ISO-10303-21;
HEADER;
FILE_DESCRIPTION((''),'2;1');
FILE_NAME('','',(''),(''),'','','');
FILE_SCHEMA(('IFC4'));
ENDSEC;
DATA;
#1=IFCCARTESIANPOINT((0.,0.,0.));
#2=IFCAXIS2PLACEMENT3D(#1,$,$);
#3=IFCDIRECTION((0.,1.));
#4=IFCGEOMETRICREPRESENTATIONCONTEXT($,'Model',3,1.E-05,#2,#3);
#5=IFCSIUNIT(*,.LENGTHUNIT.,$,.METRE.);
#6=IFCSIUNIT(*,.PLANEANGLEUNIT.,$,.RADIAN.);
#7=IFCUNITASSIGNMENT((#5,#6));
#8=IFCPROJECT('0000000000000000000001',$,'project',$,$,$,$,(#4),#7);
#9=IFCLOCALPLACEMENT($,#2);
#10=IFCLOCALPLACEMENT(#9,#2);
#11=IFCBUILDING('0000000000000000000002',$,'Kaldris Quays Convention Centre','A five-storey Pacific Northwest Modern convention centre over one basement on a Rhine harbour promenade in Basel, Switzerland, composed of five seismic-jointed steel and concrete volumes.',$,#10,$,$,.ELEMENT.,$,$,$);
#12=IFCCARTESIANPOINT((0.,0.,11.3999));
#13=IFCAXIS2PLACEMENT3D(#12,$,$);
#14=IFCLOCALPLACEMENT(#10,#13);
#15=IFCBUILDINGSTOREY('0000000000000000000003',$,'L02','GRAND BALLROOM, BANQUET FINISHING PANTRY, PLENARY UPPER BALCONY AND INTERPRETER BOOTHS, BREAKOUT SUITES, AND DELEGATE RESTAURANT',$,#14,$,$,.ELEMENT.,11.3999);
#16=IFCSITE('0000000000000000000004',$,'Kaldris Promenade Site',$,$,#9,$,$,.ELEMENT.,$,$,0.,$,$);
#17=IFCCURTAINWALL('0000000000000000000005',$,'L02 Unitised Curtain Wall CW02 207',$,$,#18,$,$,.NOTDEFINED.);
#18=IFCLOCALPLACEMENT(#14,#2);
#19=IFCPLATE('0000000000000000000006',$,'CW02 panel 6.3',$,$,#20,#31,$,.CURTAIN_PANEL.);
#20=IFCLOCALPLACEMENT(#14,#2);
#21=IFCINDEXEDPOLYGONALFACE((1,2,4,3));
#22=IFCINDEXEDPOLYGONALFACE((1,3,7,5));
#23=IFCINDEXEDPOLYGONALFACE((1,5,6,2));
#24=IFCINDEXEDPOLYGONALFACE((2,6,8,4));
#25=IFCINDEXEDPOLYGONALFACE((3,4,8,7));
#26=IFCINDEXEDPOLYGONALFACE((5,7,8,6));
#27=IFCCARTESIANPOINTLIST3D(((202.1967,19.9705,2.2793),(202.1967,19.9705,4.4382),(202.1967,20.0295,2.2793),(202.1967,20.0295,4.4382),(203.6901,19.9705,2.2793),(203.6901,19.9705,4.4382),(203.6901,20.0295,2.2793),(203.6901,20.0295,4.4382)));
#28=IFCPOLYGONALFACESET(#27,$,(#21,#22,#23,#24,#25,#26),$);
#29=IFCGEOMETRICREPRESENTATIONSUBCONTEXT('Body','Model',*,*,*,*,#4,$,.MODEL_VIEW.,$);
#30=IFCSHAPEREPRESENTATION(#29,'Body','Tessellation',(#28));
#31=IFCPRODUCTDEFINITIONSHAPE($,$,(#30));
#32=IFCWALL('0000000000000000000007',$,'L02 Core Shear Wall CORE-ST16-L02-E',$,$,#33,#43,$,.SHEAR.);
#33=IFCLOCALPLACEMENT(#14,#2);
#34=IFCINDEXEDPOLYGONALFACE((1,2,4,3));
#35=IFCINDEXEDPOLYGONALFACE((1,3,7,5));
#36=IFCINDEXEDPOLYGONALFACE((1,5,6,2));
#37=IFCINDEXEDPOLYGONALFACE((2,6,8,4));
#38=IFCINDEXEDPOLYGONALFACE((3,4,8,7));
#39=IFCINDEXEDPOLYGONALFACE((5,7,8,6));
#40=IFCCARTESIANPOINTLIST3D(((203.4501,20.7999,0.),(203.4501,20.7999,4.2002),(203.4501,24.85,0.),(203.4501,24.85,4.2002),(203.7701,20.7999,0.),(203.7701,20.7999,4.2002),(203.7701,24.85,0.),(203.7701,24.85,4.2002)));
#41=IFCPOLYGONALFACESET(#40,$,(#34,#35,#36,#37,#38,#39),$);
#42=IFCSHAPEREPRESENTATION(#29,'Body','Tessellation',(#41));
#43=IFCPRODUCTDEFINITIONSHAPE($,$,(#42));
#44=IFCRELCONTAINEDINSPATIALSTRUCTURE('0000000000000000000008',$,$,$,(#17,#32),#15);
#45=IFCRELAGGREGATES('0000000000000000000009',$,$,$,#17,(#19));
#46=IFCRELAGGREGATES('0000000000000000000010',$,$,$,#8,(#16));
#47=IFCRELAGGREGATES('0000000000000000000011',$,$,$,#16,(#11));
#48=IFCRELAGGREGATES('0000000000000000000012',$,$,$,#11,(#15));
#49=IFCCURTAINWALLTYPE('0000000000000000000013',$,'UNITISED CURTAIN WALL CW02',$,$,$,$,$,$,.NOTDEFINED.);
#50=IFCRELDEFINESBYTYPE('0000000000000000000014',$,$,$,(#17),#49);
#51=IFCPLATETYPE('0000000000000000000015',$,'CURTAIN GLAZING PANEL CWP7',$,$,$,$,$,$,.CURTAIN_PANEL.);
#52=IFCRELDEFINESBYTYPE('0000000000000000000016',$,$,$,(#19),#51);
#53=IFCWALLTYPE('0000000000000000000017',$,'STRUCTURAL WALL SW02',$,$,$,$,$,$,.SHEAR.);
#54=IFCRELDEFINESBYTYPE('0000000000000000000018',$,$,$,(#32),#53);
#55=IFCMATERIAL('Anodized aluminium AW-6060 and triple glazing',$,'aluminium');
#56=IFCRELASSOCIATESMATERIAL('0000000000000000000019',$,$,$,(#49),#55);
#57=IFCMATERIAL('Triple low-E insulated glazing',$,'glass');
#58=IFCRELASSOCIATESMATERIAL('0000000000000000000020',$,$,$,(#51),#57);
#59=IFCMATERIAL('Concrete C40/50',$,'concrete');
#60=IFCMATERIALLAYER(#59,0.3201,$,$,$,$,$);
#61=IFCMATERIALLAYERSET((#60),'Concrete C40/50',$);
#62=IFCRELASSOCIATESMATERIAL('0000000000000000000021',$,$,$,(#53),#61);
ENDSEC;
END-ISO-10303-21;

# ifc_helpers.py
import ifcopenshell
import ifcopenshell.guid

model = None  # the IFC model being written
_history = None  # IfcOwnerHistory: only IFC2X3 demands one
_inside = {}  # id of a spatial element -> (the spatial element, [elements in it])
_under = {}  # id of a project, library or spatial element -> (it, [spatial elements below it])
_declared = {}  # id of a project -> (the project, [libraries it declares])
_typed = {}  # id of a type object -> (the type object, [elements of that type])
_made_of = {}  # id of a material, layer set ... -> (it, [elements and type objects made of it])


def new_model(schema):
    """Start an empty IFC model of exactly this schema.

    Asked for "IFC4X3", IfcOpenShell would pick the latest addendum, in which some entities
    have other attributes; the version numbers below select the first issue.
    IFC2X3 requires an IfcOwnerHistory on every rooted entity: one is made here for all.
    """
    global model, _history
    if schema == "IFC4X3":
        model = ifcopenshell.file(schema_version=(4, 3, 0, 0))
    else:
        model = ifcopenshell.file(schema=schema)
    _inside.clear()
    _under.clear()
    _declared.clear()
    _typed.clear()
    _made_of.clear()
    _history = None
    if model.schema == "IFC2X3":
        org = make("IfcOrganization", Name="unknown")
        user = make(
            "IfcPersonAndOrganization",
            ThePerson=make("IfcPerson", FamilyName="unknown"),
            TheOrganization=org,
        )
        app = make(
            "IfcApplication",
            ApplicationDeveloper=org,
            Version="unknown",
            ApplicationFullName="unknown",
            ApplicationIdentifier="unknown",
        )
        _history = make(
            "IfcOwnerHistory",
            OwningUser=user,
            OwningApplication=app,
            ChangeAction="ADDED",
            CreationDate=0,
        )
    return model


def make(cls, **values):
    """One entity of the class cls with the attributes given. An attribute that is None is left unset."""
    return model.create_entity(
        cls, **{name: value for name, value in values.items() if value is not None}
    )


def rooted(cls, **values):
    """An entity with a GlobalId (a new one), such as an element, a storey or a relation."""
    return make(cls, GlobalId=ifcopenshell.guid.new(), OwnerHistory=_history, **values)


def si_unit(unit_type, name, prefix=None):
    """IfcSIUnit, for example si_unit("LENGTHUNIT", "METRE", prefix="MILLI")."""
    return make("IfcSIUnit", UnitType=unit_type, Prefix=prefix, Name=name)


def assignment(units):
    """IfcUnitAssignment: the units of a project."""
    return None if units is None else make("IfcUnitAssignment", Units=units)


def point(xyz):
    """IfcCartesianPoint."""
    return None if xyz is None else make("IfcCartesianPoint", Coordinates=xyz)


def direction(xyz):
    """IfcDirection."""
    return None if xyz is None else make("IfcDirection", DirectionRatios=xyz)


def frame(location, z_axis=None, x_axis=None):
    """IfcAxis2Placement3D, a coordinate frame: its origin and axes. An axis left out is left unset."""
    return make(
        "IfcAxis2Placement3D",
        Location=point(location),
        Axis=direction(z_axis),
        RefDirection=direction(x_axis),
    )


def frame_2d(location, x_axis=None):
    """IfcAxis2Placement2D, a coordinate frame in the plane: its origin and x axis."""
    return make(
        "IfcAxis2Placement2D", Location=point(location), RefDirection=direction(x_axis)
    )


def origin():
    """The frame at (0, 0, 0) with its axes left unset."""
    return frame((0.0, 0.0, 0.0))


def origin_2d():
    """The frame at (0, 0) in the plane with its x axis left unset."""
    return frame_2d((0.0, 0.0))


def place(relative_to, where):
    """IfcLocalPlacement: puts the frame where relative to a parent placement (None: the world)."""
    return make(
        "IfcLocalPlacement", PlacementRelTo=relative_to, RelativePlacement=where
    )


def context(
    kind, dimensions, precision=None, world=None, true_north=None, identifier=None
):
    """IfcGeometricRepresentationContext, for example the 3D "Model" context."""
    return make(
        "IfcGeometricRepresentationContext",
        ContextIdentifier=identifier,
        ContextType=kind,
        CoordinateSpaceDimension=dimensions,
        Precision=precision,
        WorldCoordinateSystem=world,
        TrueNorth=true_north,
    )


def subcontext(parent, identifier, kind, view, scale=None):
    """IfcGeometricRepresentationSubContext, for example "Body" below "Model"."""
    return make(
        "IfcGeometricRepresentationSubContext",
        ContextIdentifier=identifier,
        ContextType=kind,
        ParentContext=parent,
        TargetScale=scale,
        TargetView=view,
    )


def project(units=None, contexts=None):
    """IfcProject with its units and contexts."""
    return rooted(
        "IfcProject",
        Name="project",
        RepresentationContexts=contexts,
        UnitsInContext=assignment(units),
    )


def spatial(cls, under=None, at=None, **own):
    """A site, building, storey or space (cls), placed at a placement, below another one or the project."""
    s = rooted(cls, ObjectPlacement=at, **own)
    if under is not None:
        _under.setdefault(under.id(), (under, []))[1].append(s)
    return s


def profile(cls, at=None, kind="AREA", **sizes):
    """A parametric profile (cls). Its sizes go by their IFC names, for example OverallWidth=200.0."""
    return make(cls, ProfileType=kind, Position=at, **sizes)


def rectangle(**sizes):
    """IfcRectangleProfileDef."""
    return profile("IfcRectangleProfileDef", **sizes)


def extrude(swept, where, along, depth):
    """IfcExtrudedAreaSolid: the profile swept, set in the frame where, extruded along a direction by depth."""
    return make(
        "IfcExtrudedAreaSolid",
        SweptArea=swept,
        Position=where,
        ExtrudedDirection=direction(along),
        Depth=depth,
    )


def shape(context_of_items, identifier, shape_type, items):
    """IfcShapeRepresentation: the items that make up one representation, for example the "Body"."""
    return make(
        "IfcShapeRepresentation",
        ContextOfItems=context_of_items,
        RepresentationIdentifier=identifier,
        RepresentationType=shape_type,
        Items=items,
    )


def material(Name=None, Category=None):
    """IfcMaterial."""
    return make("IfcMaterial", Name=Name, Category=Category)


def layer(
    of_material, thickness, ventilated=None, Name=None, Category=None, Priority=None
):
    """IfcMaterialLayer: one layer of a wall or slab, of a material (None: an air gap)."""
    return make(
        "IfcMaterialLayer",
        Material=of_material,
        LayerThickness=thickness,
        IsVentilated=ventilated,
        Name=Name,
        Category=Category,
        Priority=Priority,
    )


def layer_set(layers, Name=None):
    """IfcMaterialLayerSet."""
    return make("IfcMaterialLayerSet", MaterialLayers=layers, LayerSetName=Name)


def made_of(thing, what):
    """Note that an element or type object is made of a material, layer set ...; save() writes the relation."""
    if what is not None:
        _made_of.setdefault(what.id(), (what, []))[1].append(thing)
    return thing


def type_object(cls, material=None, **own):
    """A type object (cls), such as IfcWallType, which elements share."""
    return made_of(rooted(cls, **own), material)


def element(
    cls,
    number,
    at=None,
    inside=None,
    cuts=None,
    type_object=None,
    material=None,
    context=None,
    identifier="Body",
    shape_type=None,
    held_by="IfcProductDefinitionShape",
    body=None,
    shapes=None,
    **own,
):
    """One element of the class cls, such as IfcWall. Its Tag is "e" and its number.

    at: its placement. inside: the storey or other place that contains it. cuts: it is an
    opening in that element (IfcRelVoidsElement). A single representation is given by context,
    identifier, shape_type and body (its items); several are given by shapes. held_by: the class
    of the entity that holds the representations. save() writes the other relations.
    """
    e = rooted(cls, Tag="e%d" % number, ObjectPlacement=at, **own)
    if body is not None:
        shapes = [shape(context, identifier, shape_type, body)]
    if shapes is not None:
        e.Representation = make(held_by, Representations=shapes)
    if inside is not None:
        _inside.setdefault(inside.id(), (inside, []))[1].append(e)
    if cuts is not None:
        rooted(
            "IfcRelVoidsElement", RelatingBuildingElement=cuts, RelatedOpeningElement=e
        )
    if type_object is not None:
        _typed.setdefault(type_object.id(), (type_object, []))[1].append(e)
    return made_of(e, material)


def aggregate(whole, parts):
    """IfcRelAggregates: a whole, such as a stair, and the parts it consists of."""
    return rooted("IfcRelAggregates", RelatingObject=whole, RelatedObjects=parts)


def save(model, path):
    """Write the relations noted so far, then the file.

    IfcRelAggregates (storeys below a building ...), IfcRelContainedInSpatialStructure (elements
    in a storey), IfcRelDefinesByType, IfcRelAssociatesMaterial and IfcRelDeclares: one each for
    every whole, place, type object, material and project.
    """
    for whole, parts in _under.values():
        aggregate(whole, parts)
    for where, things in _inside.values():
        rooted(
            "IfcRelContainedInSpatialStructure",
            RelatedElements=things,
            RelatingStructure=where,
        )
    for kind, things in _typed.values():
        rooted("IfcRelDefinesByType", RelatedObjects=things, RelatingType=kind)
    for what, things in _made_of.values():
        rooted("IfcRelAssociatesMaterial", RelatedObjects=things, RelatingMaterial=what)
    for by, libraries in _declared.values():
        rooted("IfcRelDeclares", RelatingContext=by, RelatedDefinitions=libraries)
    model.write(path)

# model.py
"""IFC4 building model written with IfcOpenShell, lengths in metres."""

from ifc_helpers import new_model, si_unit, direction, frame, frame_2d, origin, origin_2d, place, context, subcontext, project, spatial, rectangle, extrude, material, layer, layer_set, type_object, element, aggregate, save


model = new_model("IFC4")

# Units and contexts
model_context = context("Model", 3, precision=1e-05, world=origin(), true_north=direction((0.0, 1.0)))
body_context = subcontext(model_context, "Body", "Model", "MODEL_VIEW")
ifc_project = project(units=[si_unit("LENGTHUNIT", "METRE"), si_unit("PLANEANGLEUNIT", "RADIAN")], contexts=[model_context])

# Site, building, storey
site_placement = place(None, origin())
site = spatial("IfcSite", under=ifc_project, at=site_placement, Name="Kaldris Promenade Site", CompositionType="ELEMENT", RefElevation=0.0)
building_placement = place(site_placement, origin())
building = spatial("IfcBuilding", under=site, at=building_placement, Name="Kaldris Quays Convention Centre", Description="A five-storey Pacific Northwest Modern convention centre over one basement on a Rhine harbour promenade in Basel, Switzerland, composed of five seismic-jointed steel and concrete volumes.", CompositionType="ELEMENT")
storey_placement = place(building_placement, frame((0.0, 0.0, 11.3999)))
storey = spatial("IfcBuildingStorey", under=building, at=storey_placement, Name="L02", Description="GRAND BALLROOM, BANQUET FINISHING PANTRY, PLENARY UPPER BALCONY AND INTERPRETER BOOTHS, BREAKOUT SUITES, AND DELEGATE RESTAURANT", CompositionType="ELEMENT", Elevation=11.3999)

# Shared definitions
ifc_material_1 = material(Name="Anodized aluminium AW-6060 and triple glazing", Category="aluminium")
curtain_wall_type = type_object("IfcCurtainWallType", Name="UNITISED CURTAIN WALL CW02", PredefinedType="NOTDEFINED", material=ifc_material_1)

# Curtain wall
curtain_wall_1_placement = place(storey_placement, origin())
curtain_wall_1 = element("IfcCurtainWall", 1, at=curtain_wall_1_placement, inside=storey, type_object=curtain_wall_type, Name="L02 Unitised Curtain Wall CW02 207", PredefinedType="NOTDEFINED")

# Plate
ifc_material_2 = material(Name="Triple low-E insulated glazing", Category="glass")
plate_type = type_object("IfcPlateType", Name="CURTAIN GLAZING PANEL CWP7", PredefinedType="CURTAIN_PANEL", material=ifc_material_2)
plate_1_placement = place(storey_placement, frame((202.9434, 20.0, 2.2793), z_axis=(0.0, 0.0, 1.0), x_axis=(1.0, 0.0, 0.0)))
plate_1 = element("IfcPlate", 2, at=plate_1_placement, type_object=plate_type, Name="CW02 panel 6.3", PredefinedType="CURTAIN_PANEL", context=body_context, shape_type="SweptSolid", body=[
    extrude(rectangle(XDim=1.4934, YDim=0.0591, at=origin_2d()), origin(), (0.0, 0.0, 1.0), 2.1589),
])
aggregate(curtain_wall_1, [plate_1])

# Wall
ifc_material_3 = material(Name="Concrete C40/50", Category="concrete")
ifc_layer = layer(ifc_material_3, 0.3201)
ifc_layer_set = layer_set([ifc_layer], Name="Concrete C40/50")
wall_type = type_object("IfcWallType", Name="STRUCTURAL WALL SW02", PredefinedType="SHEAR", material=ifc_layer_set)
wall_placement = place(storey_placement, frame((203.6101, 20.8, 0.0), z_axis=(0.0, 0.0, 1.0), x_axis=(0.0, 1.0, 0.0)))
element("IfcWall", 3, at=wall_placement, inside=storey, type_object=wall_type, Name="L02 Core Shear Wall CORE-ST16-L02-E", PredefinedType="SHEAR", context=body_context, shape_type="SweptSolid", body=[
    extrude(rectangle(XDim=4.05, YDim=0.3201, at=frame_2d((2.0249, 0.0))), origin(), (0.0, 0.0, 1.0), 4.2002),
])

save(model, "model.ifc")
